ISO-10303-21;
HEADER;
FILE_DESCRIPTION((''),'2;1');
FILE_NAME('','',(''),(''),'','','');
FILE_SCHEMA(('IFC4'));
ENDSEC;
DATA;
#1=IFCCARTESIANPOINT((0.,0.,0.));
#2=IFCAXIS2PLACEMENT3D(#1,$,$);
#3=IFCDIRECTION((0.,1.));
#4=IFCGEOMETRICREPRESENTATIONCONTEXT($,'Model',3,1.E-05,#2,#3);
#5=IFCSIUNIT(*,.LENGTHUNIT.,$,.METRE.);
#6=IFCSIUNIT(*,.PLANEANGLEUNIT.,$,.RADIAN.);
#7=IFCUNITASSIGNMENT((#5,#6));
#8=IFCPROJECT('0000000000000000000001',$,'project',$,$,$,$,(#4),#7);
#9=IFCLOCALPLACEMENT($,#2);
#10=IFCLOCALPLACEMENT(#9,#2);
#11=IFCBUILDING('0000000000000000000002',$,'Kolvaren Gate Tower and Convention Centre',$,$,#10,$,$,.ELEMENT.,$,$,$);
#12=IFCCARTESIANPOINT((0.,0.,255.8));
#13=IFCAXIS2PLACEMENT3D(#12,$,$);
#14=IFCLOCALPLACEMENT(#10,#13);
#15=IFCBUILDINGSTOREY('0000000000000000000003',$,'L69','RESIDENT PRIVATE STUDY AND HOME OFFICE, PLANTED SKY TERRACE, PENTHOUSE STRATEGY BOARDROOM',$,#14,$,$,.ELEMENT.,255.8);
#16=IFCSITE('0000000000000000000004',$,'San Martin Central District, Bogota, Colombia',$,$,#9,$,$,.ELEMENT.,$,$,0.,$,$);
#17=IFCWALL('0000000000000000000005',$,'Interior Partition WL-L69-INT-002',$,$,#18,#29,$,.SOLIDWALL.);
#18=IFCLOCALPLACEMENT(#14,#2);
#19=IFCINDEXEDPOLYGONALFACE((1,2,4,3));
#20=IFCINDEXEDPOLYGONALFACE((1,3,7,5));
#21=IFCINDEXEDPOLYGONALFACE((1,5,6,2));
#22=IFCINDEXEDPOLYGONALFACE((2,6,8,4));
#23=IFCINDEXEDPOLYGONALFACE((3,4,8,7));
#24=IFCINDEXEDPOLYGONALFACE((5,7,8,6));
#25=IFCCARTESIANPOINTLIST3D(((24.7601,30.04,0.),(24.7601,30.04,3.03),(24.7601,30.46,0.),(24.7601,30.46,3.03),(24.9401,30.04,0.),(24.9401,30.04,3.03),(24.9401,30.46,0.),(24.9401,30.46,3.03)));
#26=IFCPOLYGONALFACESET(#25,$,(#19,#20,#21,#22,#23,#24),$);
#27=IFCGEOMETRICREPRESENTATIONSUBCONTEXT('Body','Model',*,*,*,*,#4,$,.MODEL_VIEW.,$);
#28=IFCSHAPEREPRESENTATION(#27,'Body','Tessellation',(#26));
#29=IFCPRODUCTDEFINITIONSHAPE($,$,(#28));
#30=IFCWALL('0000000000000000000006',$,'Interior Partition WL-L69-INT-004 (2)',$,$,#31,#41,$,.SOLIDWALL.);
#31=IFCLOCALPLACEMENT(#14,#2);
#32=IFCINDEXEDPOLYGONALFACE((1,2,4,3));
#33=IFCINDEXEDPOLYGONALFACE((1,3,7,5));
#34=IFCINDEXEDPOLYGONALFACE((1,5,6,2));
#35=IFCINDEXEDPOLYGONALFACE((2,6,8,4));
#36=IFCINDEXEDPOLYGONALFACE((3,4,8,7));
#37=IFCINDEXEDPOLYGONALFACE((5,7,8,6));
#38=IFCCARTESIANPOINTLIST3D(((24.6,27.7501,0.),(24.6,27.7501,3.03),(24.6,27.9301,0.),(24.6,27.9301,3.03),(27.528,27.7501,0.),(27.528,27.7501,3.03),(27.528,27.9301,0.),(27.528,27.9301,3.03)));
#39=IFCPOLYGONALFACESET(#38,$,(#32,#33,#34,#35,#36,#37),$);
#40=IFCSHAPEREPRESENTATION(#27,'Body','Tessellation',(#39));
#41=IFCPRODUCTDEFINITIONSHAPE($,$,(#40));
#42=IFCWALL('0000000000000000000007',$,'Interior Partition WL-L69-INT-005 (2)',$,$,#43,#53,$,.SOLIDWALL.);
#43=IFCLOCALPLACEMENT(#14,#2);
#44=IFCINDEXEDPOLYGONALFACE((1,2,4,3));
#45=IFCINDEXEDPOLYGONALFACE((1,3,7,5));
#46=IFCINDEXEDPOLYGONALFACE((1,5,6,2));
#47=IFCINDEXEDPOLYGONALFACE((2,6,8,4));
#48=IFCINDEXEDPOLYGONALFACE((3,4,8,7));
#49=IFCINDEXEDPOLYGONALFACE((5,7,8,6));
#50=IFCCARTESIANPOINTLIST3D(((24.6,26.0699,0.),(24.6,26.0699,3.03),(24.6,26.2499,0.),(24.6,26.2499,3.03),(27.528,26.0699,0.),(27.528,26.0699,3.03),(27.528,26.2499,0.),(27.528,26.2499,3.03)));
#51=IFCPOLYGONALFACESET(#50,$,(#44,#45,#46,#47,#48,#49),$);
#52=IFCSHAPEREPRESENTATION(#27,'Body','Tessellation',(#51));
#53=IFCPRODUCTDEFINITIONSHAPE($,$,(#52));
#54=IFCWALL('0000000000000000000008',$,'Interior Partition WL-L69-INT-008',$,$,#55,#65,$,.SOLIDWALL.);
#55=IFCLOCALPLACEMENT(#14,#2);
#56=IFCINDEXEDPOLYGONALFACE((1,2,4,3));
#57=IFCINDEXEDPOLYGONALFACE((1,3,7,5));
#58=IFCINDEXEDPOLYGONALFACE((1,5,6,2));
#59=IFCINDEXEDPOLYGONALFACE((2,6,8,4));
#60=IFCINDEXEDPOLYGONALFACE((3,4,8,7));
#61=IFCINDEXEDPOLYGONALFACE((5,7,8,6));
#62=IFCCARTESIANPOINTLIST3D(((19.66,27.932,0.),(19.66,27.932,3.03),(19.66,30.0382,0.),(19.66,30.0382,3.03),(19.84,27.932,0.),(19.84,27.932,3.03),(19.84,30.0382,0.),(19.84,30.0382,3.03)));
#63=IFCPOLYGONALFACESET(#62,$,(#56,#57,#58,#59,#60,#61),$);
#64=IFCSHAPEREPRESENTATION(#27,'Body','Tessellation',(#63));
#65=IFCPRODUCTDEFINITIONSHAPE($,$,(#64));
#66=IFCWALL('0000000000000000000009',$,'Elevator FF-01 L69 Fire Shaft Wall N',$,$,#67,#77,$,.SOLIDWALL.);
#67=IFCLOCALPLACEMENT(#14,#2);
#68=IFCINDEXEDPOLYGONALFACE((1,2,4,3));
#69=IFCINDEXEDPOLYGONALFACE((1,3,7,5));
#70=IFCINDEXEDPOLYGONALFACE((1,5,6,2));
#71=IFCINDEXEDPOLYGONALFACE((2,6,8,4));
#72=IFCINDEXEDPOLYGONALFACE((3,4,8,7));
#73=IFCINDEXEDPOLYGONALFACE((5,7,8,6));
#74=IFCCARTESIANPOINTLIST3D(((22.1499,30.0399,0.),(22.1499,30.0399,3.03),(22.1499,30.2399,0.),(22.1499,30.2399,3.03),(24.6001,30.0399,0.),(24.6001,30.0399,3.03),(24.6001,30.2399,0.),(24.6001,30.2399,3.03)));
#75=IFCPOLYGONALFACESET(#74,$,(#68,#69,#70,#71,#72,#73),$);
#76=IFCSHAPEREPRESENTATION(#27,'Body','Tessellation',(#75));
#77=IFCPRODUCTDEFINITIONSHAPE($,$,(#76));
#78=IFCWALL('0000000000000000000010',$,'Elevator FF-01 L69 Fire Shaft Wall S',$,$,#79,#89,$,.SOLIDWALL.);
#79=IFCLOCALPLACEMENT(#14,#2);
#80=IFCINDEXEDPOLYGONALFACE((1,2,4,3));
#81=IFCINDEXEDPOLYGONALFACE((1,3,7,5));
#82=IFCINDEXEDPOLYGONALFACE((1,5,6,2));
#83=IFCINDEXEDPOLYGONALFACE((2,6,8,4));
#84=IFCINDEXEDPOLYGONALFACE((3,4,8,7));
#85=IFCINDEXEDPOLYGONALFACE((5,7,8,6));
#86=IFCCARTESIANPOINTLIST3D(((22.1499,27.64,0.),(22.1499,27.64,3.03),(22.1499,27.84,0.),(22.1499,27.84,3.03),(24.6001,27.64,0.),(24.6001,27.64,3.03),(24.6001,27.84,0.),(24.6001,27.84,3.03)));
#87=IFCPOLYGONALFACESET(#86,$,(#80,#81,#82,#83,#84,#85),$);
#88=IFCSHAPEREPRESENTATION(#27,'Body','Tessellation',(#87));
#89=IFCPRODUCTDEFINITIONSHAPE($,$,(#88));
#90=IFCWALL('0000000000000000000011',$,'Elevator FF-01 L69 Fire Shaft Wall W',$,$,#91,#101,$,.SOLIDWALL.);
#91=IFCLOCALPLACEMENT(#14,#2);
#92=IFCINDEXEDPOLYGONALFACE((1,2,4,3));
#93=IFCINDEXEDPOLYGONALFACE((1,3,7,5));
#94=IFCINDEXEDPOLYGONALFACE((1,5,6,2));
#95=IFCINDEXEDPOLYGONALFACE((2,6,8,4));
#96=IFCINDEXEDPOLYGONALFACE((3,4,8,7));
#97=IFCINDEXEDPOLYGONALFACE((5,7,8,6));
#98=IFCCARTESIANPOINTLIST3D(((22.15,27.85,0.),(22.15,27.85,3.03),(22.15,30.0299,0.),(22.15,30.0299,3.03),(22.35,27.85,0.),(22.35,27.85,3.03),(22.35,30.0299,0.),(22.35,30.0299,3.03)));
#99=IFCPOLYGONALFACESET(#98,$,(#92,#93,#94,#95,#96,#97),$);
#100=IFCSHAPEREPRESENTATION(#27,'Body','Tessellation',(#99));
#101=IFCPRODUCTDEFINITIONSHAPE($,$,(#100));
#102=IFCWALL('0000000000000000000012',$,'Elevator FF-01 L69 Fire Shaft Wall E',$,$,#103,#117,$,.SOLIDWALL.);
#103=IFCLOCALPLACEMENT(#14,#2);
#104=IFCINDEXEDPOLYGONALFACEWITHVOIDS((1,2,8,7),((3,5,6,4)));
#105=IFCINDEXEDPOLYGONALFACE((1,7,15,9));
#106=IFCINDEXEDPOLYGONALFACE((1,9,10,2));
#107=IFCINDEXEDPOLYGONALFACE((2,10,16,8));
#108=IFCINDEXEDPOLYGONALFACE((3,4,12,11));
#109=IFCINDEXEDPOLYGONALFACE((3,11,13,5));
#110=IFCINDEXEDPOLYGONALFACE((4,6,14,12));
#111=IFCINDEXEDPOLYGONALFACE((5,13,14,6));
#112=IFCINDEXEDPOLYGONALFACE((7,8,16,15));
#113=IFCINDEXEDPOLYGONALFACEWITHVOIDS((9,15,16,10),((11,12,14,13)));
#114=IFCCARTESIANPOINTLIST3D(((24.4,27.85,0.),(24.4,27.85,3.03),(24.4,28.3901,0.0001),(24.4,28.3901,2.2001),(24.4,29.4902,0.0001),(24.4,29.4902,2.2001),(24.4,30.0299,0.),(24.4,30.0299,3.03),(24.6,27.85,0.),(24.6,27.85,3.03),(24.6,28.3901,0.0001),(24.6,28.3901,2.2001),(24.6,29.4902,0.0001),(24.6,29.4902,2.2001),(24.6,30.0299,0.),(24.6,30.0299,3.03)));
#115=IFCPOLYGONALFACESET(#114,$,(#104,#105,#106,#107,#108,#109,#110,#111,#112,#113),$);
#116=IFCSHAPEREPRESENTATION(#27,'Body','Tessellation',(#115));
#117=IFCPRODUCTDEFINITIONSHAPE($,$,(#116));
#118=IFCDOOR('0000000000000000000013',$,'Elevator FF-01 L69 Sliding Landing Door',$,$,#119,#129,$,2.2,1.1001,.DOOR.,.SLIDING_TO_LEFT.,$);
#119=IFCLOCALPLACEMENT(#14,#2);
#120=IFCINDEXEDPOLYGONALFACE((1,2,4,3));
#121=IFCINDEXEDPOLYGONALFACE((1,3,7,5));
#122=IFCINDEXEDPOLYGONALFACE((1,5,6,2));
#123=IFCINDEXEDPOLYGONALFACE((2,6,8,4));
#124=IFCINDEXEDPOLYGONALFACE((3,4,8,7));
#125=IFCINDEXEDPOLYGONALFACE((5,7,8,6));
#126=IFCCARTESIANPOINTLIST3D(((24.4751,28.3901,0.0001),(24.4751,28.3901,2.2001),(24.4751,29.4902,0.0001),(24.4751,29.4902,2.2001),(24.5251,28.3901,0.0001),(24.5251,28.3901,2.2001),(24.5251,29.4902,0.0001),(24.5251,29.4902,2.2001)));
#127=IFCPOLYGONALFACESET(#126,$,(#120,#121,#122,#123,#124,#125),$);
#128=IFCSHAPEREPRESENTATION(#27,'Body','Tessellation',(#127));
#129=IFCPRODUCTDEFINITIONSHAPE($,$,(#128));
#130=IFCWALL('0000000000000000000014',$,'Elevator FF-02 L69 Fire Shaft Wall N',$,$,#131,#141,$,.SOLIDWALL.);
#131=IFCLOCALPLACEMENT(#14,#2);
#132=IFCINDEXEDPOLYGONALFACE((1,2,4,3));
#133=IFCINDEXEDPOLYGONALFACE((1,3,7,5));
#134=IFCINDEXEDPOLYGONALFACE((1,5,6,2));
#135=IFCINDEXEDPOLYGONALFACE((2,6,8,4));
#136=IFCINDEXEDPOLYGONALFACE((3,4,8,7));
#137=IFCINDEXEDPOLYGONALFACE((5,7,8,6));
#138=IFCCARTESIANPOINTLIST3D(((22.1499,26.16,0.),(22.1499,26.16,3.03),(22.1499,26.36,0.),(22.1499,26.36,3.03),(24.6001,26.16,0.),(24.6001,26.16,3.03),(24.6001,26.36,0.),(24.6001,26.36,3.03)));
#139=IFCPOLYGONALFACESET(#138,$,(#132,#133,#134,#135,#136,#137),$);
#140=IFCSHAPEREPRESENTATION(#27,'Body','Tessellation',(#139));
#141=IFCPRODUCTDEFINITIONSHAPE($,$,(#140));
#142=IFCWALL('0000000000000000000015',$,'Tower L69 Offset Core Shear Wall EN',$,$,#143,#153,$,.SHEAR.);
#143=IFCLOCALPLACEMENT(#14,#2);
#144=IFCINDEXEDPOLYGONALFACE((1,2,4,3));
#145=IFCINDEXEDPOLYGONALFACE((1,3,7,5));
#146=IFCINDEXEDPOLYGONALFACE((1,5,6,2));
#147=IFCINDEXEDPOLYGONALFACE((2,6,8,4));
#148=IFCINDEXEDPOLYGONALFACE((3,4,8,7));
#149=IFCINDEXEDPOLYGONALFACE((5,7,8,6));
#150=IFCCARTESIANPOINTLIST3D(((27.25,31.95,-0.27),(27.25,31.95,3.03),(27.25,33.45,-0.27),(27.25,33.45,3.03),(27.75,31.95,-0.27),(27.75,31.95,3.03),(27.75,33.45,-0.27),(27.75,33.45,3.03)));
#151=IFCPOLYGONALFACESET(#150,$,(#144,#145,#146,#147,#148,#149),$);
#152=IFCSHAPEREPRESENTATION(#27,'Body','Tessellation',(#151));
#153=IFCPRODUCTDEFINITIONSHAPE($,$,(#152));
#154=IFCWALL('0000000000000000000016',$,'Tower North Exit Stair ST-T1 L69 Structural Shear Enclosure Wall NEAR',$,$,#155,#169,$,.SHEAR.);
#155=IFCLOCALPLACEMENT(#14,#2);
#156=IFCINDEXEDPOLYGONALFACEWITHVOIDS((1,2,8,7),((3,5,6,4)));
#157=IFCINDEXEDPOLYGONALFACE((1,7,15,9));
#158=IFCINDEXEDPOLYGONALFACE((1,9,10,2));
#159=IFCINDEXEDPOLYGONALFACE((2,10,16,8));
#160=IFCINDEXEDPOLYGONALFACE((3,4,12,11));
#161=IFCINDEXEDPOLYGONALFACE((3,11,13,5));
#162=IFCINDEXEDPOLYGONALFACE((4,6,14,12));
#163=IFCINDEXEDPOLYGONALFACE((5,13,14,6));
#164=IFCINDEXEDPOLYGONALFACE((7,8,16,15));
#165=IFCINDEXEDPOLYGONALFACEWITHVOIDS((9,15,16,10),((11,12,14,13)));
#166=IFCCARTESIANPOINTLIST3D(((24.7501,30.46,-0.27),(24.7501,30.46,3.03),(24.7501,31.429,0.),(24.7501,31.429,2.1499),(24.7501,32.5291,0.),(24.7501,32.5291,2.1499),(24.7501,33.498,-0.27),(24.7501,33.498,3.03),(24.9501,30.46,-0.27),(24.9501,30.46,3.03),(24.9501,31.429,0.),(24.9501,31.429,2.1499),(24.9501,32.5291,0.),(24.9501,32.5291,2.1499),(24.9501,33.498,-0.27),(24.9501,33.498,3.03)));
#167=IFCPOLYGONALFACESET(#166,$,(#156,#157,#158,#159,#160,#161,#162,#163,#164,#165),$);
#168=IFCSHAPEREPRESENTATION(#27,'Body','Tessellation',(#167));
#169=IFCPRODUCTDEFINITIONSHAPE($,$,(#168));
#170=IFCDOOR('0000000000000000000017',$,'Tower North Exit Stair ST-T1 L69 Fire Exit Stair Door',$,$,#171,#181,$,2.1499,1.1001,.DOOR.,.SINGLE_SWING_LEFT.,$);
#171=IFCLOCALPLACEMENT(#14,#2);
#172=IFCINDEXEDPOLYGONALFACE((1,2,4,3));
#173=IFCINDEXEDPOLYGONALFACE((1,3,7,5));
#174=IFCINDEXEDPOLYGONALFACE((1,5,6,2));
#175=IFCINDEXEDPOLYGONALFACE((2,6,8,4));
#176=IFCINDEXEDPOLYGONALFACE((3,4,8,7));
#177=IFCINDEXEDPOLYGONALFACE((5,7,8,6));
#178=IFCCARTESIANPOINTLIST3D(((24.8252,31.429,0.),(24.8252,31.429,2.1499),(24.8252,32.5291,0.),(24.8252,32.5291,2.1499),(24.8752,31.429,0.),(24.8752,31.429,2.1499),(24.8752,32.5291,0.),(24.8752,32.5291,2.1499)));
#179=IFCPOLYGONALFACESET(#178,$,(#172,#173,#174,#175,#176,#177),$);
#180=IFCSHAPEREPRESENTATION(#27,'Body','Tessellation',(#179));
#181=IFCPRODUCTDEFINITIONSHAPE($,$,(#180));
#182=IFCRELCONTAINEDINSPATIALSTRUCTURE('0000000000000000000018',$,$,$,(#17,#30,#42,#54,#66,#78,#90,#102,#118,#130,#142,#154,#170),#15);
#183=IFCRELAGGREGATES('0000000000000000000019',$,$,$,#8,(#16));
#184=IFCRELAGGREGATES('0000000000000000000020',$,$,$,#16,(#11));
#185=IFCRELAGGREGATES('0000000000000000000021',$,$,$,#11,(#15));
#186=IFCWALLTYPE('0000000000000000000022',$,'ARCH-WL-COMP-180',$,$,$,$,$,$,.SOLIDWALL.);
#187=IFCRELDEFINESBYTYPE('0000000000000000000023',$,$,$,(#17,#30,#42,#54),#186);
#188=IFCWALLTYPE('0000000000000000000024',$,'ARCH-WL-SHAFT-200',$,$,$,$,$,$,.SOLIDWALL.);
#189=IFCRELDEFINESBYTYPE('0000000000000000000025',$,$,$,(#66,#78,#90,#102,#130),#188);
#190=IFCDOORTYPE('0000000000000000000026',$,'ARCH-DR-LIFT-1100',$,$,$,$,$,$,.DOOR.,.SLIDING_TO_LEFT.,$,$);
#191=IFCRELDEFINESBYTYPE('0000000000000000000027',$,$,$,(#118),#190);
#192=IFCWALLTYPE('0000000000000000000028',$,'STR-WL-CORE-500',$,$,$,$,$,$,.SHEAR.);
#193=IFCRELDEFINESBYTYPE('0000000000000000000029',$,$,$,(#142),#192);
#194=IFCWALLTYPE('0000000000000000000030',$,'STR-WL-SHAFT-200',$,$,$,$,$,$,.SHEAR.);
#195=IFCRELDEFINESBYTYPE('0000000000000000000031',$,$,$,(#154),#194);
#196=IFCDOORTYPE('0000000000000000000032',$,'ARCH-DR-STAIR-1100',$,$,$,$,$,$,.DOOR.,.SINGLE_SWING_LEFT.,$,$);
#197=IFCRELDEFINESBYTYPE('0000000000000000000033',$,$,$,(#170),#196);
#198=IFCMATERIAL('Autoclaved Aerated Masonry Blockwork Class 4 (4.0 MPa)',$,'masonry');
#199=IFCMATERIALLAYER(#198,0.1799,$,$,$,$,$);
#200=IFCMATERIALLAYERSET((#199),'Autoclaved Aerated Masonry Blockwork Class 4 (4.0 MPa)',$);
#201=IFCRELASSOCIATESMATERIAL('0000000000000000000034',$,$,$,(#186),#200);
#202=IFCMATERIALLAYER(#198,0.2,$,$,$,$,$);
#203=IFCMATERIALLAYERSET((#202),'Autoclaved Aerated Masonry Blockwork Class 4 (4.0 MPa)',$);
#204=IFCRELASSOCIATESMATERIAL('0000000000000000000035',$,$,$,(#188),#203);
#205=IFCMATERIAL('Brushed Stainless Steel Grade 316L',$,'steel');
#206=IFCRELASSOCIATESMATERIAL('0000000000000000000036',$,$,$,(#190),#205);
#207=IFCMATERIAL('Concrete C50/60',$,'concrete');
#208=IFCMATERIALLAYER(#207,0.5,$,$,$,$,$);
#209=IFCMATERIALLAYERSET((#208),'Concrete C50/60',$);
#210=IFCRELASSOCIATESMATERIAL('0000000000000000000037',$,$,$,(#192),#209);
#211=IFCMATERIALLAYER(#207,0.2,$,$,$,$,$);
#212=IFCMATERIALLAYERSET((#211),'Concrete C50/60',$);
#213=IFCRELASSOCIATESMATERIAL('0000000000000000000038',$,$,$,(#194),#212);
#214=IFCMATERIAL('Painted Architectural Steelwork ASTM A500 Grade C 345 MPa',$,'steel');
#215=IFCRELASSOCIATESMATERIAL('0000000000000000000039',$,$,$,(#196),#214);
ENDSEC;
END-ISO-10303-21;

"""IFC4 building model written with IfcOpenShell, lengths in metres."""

from ifc_helpers import new_model, si_unit, direction, frame, frame_2d, origin, place, context, subcontext, project, spatial, rectangle, extrude, material, layer, layer_set, type_object, element, fill, save


model = new_model("IFC4")

# Units and contexts
model_context = context("Model", 3, precision=1e-05, world=origin(), true_north=direction((0.0, 1.0)))
body_context = subcontext(model_context, "Body", "Model", "MODEL_VIEW")
ifc_project = project(units=[si_unit("LENGTHUNIT", "METRE"), si_unit("PLANEANGLEUNIT", "RADIAN")], contexts=[model_context])

# Site, building, storey
site_placement = place(None, origin())
site = spatial("IfcSite", under=ifc_project, at=site_placement, Name="San Martin Central District, Bogota, Colombia", CompositionType="ELEMENT", RefElevation=0.0)
building_placement = place(site_placement, origin())
building = spatial("IfcBuilding", under=site, at=building_placement, Name="Kolvaren Gate Tower and Convention Centre", CompositionType="ELEMENT")
storey_placement = place(building_placement, frame((0.0, 0.0, 255.8)))
storey = spatial("IfcBuildingStorey", under=building, at=storey_placement, Name="L69", Description="RESIDENT PRIVATE STUDY AND HOME OFFICE, PLANTED SKY TERRACE, PENTHOUSE STRATEGY BOARDROOM", CompositionType="ELEMENT", Elevation=255.8)

# Walls
ifc_material_1 = material(Name="Autoclaved Aerated Masonry Blockwork Class 4 (4.0 MPa)", Category="masonry")
ifc_layer_1 = layer(ifc_material_1, 0.1799)
ifc_layer_set_1 = layer_set([ifc_layer_1], Name="Autoclaved Aerated Masonry Blockwork Class 4 (4.0 MPa)")
wall_type_1 = type_object("IfcWallType", Name="ARCH-WL-COMP-180", PredefinedType="SOLIDWALL", material=ifc_layer_set_1)
wall_1_placement = place(storey_placement, frame((24.8501, 30.04, 0.0), z_axis=(0.0, 0.0, 1.0), x_axis=(0.0, 1.0, 0.0)))
element("IfcWall", 1, at=wall_1_placement, inside=storey, type_object=wall_type_1, Name="Interior Partition WL-L69-INT-002", PredefinedType="SOLIDWALL", context=body_context, shape_type="SweptSolid", body=[
    extrude(rectangle(XDim=0.4199, YDim=0.1799, at=frame_2d((0.21, 0.0))), origin(), (0.0, 0.0, 1.0), 3.03),
])
for number, where, z_axis, x_axis, name in (
    (2, (24.6001, 27.8401, 0.0), (0.0, 0.0, 1.0), (1.0, 0.0, 0.0), "Interior Partition WL-L69-INT-004 (2)"),
    (3, (24.6001, 26.1599, 0.0), (0.0, 0.0, 1.0), (1.0, 0.0, 0.0), "Interior Partition WL-L69-INT-005 (2)"),
):
    element("IfcWall", number, at=place(storey_placement, frame(where, z_axis=z_axis, x_axis=x_axis)), inside=storey, type_object=wall_type_1, Name=name, PredefinedType="SOLIDWALL", context=body_context, shape_type="SweptSolid", body=[
        extrude(rectangle(XDim=2.928, YDim=0.1799, at=frame_2d((1.4639, 0.0))), origin(), (0.0, 0.0, 1.0), 3.03),
    ])
wall_2_placement = place(storey_placement, frame((19.75, 27.9319, 0.0), z_axis=(0.0, 0.0, 1.0), x_axis=(0.0, 1.0, 0.0)))
element("IfcWall", 4, at=wall_2_placement, inside=storey, type_object=wall_type_1, Name="Interior Partition WL-L69-INT-008", PredefinedType="SOLIDWALL", context=body_context, shape_type="SweptSolid", body=[
    extrude(rectangle(XDim=2.1062, YDim=0.1799, at=frame_2d((1.0532, 0.0))), origin(), (0.0, 0.0, 1.0), 3.03),
])
ifc_layer_2 = layer(ifc_material_1, 0.2)
ifc_layer_set_2 = layer_set([ifc_layer_2], Name="Autoclaved Aerated Masonry Blockwork Class 4 (4.0 MPa)")
wall_type_2 = type_object("IfcWallType", Name="ARCH-WL-SHAFT-200", PredefinedType="SOLIDWALL", material=ifc_layer_set_2)
for number, where, z_axis, x_axis, name in (
    (5, (22.1499, 30.1399, 0.0), (0.0, 0.0, 1.0), (1.0, 0.0, 0.0), "Elevator FF-01 L69 Fire Shaft Wall N"),
    (6, (22.1499, 27.74, 0.0), (0.0, 0.0, 1.0), (1.0, 0.0, 0.0), "Elevator FF-01 L69 Fire Shaft Wall S"),
):
    element("IfcWall", number, at=place(storey_placement, frame(where, z_axis=z_axis, x_axis=x_axis)), inside=storey, type_object=wall_type_2, Name=name, PredefinedType="SOLIDWALL", context=body_context, shape_type="SweptSolid", body=[
        extrude(rectangle(XDim=2.4502, YDim=0.2, at=frame_2d((1.2251, 0.0))), origin(), (0.0, 0.0, 1.0), 3.03),
    ])
wall_3_placement = place(storey_placement, frame((22.25, 27.8501, 0.0), z_axis=(0.0, 0.0, 1.0), x_axis=(0.0, 1.0, 0.0)))
element("IfcWall", 7, at=wall_3_placement, inside=storey, type_object=wall_type_2, Name="Elevator FF-01 L69 Fire Shaft Wall W", PredefinedType="SOLIDWALL", context=body_context, shape_type="SweptSolid", body=[
    extrude(rectangle(XDim=2.1799, YDim=0.2, at=frame_2d((1.0898, 0.0))), origin(), (0.0, 0.0, 1.0), 3.03),
])

# Wall, opening, door
wall_4_placement = place(storey_placement, frame((24.5, 27.8501, 0.0), z_axis=(0.0, 0.0, 1.0), x_axis=(0.0, 1.0, 0.0)))
wall_4 = element("IfcWall", 8, at=wall_4_placement, inside=storey, type_object=wall_type_2, Name="Elevator FF-01 L69 Fire Shaft Wall E", PredefinedType="SOLIDWALL", context=body_context, shape_type="SweptSolid", body=[
    extrude(rectangle(XDim=2.1799, YDim=0.2, at=frame_2d((1.0898, 0.0))), origin(), (0.0, 0.0, 1.0), 3.03),
])
opening_1_placement = place(wall_4_placement, frame((0.54, 0.0, 0.0)))
opening_1 = element("IfcOpeningElement", 9, at=opening_1_placement, cuts=wall_4, PredefinedType="OPENING", context=body_context, shape_type="SweptSolid", body=[
    extrude(rectangle(XDim=1.1001, YDim=2.2, at=frame_2d((0.55, 1.1001))), frame((0.0, 0.1099, 0.0), z_axis=(0.0, -1.0, 0.0), x_axis=(1.0, 0.0, 0.0)), (0.0, 0.0, 1.0), 0.22),
])
ifc_material_2 = material(Name="Brushed Stainless Steel Grade 316L", Category="steel")
door_type_1 = type_object("IfcDoorType", Name="ARCH-DR-LIFT-1100", OperationType="SLIDING_TO_LEFT", PredefinedType="DOOR", material=ifc_material_2)
door_1_placement = place(opening_1_placement, origin())
door_1 = element("IfcDoor", 10, at=door_1_placement, inside=storey, type_object=door_type_1, Name="Elevator FF-01 L69 Sliding Landing Door", OperationType="SLIDING_TO_LEFT", OverallHeight=2.2, OverallWidth=1.1001, PredefinedType="DOOR", context=body_context, shape_type="SweptSolid", body=[
    extrude(rectangle(XDim=1.1001, YDim=2.2, at=frame_2d((0.55, 1.1001))), frame((0.0, 0.0249, 0.0), z_axis=(0.0, -1.0, 0.0), x_axis=(1.0, 0.0, 0.0)), (0.0, 0.0, 1.0), 0.05),
])
fill(opening_1, door_1)

# Walls
wall_5_placement = place(storey_placement, frame((22.1499, 26.26, 0.0), z_axis=(0.0, 0.0, 1.0), x_axis=(1.0, 0.0, 0.0)))
element("IfcWall", 11, at=wall_5_placement, inside=storey, type_object=wall_type_2, Name="Elevator FF-02 L69 Fire Shaft Wall N", PredefinedType="SOLIDWALL", context=body_context, shape_type="SweptSolid", body=[
    extrude(rectangle(XDim=2.4502, YDim=0.2, at=frame_2d((1.2251, 0.0))), origin(), (0.0, 0.0, 1.0), 3.03),
])
ifc_material_3 = material(Name="Concrete C50/60", Category="concrete")
ifc_layer_3 = layer(ifc_material_3, 0.5)
ifc_layer_set_3 = layer_set([ifc_layer_3], Name="Concrete C50/60")
wall_type_3 = type_object("IfcWallType", Name="STR-WL-CORE-500", PredefinedType="SHEAR", material=ifc_layer_set_3)
wall_6_placement = place(storey_placement, frame((27.5, 31.95, -0.27), z_axis=(0.0, 0.0, 1.0), x_axis=(0.0, 1.0, 0.0)))
element("IfcWall", 12, at=wall_6_placement, inside=storey, type_object=wall_type_3, Name="Tower L69 Offset Core Shear Wall EN", PredefinedType="SHEAR", context=body_context, shape_type="SweptSolid", body=[
    extrude(rectangle(XDim=1.5, YDim=0.5, at=frame_2d((0.75, 0.0))), origin(), (0.0, 0.0, 1.0), 3.3),
])

# Wall, opening, door
ifc_layer_4 = layer(ifc_material_3, 0.2)
ifc_layer_set_4 = layer_set([ifc_layer_4], Name="Concrete C50/60")
wall_type_4 = type_object("IfcWallType", Name="STR-WL-SHAFT-200", PredefinedType="SHEAR", material=ifc_layer_set_4)
wall_7_placement = place(storey_placement, frame((24.8501, 30.46, -0.27), z_axis=(0.0, 0.0, 1.0), x_axis=(0.0, 1.0, 0.0)))
wall_7 = element("IfcWall", 13, at=wall_7_placement, inside=storey, type_object=wall_type_4, Name="Tower North Exit Stair ST-T1 L69 Structural Shear Enclosure Wall NEAR", PredefinedType="SHEAR", context=body_context, shape_type="SweptSolid", body=[
    extrude(rectangle(XDim=3.0381, YDim=0.2, at=frame_2d((1.519, 0.0))), origin(), (0.0, 0.0, 1.0), 3.3),
])
opening_2_placement = place(wall_7_placement, frame((0.969, 0.0, 0.27)))
opening_2 = element("IfcOpeningElement", 14, at=opening_2_placement, cuts=wall_7, PredefinedType="OPENING", context=body_context, shape_type="SweptSolid", body=[
    extrude(rectangle(XDim=1.1001, YDim=2.1499, at=frame_2d((0.55, 1.075))), frame((0.0, 0.1099, 0.0), z_axis=(0.0, -1.0, 0.0), x_axis=(1.0, 0.0, 0.0)), (0.0, 0.0, 1.0), 0.22),
])
ifc_material_4 = material(Name="Painted Architectural Steelwork ASTM A500 Grade C 345 MPa", Category="steel")
door_type_2 = type_object("IfcDoorType", Name="ARCH-DR-STAIR-1100", OperationType="SINGLE_SWING_LEFT", PredefinedType="DOOR", material=ifc_material_4)
door_2_placement = place(opening_2_placement, origin())
door_2 = element("IfcDoor", 15, at=door_2_placement, inside=storey, type_object=door_type_2, Name="Tower North Exit Stair ST-T1 L69 Fire Exit Stair Door", OperationType="SINGLE_SWING_LEFT", OverallHeight=2.1499, OverallWidth=1.1001, PredefinedType="DOOR", context=body_context, shape_type="SweptSolid", body=[
    extrude(rectangle(XDim=1.1001, YDim=2.1499, at=frame_2d((0.55, 1.075))), frame((0.0, 0.0249, 0.0), z_axis=(0.0, -1.0, 0.0), x_axis=(1.0, 0.0, 0.0)), (0.0, 0.0, 1.0), 0.05),
])
fill(opening_2, door_2)

save(model, "model.ifc")
